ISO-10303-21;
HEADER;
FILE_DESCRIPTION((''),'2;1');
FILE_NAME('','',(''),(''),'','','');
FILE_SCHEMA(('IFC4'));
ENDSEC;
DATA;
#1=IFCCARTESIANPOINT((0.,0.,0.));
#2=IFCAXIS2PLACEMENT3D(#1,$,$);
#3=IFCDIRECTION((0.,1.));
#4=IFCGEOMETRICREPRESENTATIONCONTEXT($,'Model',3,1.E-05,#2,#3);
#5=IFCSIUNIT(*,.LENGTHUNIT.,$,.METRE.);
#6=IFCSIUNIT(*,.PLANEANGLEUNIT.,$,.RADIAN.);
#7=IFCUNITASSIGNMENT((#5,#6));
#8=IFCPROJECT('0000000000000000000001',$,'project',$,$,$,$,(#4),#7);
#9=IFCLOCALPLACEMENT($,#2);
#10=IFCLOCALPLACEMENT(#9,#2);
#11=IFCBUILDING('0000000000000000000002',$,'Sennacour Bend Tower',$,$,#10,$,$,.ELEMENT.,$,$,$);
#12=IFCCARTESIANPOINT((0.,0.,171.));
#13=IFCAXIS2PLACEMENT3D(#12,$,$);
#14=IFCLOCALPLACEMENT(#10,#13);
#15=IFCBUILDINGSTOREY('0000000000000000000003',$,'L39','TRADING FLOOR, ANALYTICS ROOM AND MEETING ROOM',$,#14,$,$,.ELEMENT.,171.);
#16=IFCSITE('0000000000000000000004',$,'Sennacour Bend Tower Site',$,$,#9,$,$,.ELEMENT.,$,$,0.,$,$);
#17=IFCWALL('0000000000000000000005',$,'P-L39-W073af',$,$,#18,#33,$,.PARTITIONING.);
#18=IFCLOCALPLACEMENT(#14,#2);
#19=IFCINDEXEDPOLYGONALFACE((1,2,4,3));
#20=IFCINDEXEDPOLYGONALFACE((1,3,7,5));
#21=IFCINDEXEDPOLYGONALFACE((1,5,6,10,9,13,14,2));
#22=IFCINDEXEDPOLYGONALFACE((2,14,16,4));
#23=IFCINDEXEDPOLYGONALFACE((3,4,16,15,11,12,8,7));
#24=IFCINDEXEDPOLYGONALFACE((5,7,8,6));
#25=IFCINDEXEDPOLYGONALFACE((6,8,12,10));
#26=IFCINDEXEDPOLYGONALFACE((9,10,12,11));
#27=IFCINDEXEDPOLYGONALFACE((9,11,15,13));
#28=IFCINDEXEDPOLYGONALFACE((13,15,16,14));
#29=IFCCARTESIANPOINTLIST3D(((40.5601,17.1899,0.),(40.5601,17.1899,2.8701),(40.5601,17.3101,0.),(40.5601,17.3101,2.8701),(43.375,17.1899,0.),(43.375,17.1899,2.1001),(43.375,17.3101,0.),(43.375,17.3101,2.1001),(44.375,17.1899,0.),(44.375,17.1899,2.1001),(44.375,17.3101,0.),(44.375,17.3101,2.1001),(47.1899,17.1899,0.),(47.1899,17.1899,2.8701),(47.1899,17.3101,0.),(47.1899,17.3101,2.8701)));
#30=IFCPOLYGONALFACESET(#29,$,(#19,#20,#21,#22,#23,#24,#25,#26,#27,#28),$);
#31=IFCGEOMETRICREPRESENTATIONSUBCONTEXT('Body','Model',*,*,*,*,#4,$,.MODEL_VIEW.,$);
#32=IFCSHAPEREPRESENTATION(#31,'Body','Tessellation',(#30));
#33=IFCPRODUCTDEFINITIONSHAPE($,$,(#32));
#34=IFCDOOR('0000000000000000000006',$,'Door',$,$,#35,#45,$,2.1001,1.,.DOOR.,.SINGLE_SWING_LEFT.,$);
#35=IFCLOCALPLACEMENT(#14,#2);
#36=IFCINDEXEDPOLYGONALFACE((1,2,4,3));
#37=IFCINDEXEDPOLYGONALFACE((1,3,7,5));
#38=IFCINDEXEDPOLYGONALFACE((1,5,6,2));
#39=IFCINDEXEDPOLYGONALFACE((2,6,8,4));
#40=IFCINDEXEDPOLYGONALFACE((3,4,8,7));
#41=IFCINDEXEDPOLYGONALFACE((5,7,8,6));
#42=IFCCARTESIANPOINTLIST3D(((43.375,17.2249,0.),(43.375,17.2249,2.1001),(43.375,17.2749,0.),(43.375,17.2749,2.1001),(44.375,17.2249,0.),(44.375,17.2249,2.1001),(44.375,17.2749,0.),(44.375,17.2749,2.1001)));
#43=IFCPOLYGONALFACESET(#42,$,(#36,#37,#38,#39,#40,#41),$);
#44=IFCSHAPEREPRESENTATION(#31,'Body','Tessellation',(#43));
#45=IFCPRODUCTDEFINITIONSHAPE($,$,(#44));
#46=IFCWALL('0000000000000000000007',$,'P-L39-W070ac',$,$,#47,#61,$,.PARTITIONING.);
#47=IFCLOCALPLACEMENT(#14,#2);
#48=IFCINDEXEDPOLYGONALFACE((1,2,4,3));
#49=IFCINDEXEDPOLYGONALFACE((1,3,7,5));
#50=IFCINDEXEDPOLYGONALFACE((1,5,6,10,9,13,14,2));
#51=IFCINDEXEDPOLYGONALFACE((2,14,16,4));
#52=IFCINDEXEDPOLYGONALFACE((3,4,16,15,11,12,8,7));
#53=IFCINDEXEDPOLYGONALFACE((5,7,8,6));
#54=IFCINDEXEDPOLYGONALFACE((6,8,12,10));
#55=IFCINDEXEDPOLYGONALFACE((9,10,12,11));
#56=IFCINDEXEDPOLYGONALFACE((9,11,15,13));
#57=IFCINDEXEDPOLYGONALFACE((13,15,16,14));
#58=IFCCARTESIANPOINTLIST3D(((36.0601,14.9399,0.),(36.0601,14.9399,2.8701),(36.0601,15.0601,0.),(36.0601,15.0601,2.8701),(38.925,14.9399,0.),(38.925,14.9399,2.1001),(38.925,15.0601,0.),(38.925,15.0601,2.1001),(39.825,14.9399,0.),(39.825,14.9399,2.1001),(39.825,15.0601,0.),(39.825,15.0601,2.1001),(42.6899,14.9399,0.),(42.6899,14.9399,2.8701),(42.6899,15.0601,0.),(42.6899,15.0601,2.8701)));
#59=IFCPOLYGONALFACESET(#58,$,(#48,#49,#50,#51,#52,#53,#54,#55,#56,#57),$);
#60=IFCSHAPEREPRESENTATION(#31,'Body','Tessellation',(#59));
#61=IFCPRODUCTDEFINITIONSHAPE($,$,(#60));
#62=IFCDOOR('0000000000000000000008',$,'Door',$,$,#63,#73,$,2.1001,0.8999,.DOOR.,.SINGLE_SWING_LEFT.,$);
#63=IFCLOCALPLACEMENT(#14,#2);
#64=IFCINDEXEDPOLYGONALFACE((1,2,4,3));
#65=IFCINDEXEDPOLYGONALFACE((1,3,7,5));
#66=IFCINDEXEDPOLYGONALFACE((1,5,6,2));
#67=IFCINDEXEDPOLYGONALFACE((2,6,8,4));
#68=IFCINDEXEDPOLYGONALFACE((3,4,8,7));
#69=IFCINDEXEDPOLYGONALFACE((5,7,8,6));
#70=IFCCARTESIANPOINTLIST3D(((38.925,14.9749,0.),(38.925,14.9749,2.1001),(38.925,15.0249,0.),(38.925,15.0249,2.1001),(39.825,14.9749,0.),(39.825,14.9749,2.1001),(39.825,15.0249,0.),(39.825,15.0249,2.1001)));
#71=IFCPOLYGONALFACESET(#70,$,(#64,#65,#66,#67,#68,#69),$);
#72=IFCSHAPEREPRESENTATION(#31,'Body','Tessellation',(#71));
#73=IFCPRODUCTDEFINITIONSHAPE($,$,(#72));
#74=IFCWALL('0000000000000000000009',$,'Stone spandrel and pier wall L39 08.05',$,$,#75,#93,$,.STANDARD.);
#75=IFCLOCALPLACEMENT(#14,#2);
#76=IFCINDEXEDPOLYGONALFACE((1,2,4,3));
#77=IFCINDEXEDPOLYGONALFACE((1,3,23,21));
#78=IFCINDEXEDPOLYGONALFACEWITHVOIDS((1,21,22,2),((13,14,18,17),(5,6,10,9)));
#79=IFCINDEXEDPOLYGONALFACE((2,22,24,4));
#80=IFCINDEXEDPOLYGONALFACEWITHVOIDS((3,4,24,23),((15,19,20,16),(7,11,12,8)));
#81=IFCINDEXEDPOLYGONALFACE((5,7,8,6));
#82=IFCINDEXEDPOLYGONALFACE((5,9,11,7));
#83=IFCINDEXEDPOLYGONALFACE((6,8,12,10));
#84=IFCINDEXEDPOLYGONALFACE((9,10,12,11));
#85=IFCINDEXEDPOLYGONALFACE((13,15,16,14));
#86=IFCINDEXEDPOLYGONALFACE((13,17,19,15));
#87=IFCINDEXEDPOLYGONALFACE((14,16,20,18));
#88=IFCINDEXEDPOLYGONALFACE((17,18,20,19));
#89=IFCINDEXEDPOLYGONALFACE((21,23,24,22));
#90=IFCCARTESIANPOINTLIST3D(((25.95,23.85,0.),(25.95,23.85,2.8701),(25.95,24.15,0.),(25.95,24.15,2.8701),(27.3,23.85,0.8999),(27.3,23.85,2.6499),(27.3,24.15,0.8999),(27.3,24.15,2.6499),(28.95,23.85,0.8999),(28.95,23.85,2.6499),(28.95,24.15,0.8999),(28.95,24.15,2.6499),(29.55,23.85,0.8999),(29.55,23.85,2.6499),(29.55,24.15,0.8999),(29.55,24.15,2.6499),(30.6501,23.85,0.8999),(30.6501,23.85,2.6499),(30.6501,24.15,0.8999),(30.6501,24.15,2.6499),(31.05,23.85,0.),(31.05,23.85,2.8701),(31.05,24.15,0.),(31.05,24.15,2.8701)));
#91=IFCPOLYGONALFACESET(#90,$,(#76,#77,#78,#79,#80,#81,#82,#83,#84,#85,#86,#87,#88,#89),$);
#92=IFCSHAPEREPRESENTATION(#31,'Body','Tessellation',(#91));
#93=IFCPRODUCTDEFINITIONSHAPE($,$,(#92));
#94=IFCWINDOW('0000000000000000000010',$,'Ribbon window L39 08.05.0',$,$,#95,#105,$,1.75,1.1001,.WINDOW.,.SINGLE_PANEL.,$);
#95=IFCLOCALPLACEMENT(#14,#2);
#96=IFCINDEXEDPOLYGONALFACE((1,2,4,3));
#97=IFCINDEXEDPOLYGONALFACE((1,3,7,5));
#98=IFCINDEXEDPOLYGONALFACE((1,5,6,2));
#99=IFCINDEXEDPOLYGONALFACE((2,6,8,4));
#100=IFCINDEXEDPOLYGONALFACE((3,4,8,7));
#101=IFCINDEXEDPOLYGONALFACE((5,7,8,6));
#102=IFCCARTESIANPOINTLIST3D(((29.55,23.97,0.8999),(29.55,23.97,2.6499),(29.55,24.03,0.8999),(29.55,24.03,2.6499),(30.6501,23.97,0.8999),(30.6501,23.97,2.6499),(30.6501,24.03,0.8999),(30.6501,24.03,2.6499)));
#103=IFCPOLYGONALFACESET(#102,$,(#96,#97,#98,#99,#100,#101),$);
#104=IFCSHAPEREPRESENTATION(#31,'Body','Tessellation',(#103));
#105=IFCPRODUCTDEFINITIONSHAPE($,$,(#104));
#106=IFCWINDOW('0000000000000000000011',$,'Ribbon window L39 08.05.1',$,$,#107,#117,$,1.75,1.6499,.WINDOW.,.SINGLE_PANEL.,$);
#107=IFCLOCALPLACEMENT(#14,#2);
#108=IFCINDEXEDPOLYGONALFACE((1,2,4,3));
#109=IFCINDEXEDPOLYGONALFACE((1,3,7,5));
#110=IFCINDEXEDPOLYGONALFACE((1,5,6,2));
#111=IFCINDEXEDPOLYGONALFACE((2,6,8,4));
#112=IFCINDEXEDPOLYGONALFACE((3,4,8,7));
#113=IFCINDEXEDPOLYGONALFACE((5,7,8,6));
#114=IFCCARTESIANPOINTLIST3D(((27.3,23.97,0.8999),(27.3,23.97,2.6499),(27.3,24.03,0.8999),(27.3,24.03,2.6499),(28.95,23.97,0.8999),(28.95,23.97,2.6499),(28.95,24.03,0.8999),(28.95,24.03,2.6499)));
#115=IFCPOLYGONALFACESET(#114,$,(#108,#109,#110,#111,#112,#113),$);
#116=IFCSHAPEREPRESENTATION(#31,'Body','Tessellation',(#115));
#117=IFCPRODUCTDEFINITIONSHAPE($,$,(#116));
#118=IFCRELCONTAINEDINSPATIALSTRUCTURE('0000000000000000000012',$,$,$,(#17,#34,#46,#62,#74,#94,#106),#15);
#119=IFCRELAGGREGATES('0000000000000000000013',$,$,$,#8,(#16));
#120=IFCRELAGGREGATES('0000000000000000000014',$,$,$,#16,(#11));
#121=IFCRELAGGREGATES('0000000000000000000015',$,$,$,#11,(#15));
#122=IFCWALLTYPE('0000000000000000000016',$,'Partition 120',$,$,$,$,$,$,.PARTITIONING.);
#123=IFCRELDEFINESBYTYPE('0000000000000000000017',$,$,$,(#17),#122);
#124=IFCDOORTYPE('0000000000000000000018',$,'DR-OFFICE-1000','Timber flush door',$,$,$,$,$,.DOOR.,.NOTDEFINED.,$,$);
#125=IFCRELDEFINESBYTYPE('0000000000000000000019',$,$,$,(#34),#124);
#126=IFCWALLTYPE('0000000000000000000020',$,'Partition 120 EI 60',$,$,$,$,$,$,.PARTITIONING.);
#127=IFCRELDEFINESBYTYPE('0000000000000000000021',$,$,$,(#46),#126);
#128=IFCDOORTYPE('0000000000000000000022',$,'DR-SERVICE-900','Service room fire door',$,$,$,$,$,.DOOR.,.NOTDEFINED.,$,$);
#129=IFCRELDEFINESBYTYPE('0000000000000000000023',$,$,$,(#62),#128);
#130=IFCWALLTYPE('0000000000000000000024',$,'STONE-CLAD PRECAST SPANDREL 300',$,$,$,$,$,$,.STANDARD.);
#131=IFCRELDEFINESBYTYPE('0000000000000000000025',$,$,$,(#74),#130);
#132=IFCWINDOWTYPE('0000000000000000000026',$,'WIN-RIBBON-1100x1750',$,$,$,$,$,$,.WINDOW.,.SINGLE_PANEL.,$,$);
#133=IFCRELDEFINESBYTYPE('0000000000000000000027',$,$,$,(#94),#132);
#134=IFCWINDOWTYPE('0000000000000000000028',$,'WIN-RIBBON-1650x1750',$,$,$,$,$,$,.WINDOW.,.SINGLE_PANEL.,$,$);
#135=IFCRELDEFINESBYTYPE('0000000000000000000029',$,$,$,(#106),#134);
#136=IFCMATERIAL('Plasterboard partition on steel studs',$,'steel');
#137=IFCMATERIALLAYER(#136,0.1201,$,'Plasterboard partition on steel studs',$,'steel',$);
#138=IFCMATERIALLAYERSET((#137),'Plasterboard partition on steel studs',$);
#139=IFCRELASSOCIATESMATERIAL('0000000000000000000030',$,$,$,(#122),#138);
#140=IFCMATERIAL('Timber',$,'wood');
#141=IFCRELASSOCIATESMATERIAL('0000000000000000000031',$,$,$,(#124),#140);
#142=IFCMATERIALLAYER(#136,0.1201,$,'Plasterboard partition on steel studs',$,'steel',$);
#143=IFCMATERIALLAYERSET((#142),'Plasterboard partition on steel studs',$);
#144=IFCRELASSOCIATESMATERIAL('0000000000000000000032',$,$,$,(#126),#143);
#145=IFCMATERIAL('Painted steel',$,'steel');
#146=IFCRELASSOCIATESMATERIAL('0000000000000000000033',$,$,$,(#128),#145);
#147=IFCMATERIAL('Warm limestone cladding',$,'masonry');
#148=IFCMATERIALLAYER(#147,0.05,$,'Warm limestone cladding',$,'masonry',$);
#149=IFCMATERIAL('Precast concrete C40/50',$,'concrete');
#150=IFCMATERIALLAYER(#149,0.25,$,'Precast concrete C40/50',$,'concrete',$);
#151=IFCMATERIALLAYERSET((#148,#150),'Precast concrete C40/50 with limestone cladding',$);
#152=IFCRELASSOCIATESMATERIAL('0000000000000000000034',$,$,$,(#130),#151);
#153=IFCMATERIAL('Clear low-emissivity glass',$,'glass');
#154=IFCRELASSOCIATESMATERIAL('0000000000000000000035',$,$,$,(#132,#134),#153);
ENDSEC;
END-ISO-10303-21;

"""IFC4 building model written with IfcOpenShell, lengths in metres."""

from ifc_helpers import new_model, si_unit, direction, frame, frame_2d, origin, place, context, subcontext, project, spatial, rectangle, extrude, material, layer, layer_set, type_object, element, fill, save


model = new_model("IFC4")

# Units and contexts
model_context = context("Model", 3, precision=1e-05, world=origin(), true_north=direction((0.0, 1.0)))
body_context = subcontext(model_context, "Body", "Model", "MODEL_VIEW")
ifc_project = project(units=[si_unit("LENGTHUNIT", "METRE"), si_unit("PLANEANGLEUNIT", "RADIAN")], contexts=[model_context])

# Site, building, storey
site_placement = place(None, origin())
site = spatial("IfcSite", under=ifc_project, at=site_placement, Name="Sennacour Bend Tower Site", CompositionType="ELEMENT", RefElevation=0.0)
building_placement = place(site_placement, origin())
building = spatial("IfcBuilding", under=site, at=building_placement, Name="Sennacour Bend Tower", CompositionType="ELEMENT")
storey_placement = place(building_placement, frame((0.0, 0.0, 171.0)))
storey = spatial("IfcBuildingStorey", under=building, at=storey_placement, Name="L39", Description="TRADING FLOOR, ANALYTICS ROOM AND MEETING ROOM", CompositionType="ELEMENT", Elevation=171.0)

# Shared definitions
ifc_material_1 = material(Name="Plasterboard partition on steel studs", Category="steel")
ifc_layer_1 = layer(ifc_material_1, 0.1201, Name="Plasterboard partition on steel studs", Category="steel")
ifc_layer_set_1 = layer_set([ifc_layer_1], Name="Plasterboard partition on steel studs")
wall_type_1 = type_object("IfcWallType", Name="Partition 120", PredefinedType="PARTITIONING", material=ifc_layer_set_1)

# Walls, openings, doors
ifc_material_2 = material(Name="Timber", Category="wood")
door_type_1 = type_object("IfcDoorType", Name="DR-OFFICE-1000", Description="Timber flush door", OperationType="NOTDEFINED", PredefinedType="DOOR", material=ifc_material_2)
wall_1_placement = place(storey_placement, frame((40.5601, 17.25, 0.0), z_axis=(0.0, 0.0, 1.0), x_axis=(1.0, 0.0, 0.0)))
wall_1 = element("IfcWall", 1, at=wall_1_placement, inside=storey, type_object=wall_type_1, Name="P-L39-W073af", PredefinedType="PARTITIONING", context=body_context, shape_type="SweptSolid", body=[
    extrude(rectangle(XDim=6.6299, YDim=0.1201, at=frame_2d((3.3149, 0.0))), origin(), (0.0, 0.0, 1.0), 2.8701),
])
opening_1_placement = place(wall_1_placement, frame((2.8149, 0.0, 0.0)))
opening_1 = element("IfcOpeningElement", 2, at=opening_1_placement, cuts=wall_1, PredefinedType="OPENING", context=body_context, shape_type="SweptSolid", body=[
    extrude(rectangle(XDim=1.0, YDim=2.1001, at=frame_2d((0.5, 1.05))), frame((0.0, 0.0701, 0.0), z_axis=(0.0, -1.0, 0.0), x_axis=(1.0, 0.0, 0.0)), (0.0, 0.0, 1.0), 0.1401),
])
door_1_placement = place(opening_1_placement, origin())
door_1 = element("IfcDoor", 3, at=door_1_placement, inside=storey, type_object=door_type_1, Name="Door", OperationType="SINGLE_SWING_LEFT", OverallHeight=2.1001, OverallWidth=1.0, PredefinedType="DOOR", context=body_context, shape_type="SweptSolid", body=[
    extrude(rectangle(XDim=1.0, YDim=2.1001, at=frame_2d((0.5, 1.05))), frame((0.0, 0.0249, 0.0), z_axis=(0.0, -1.0, 0.0), x_axis=(1.0, 0.0, 0.0)), (0.0, 0.0, 1.0), 0.05),
])
fill(opening_1, door_1)
ifc_layer_2 = layer(ifc_material_1, 0.1201, Name="Plasterboard partition on steel studs", Category="steel")
ifc_layer_set_2 = layer_set([ifc_layer_2], Name="Plasterboard partition on steel studs")
wall_type_2 = type_object("IfcWallType", Name="Partition 120 EI 60", PredefinedType="PARTITIONING", material=ifc_layer_set_2)
wall_2_placement = place(storey_placement, frame((36.0601, 15.0, 0.0), z_axis=(0.0, 0.0, 1.0), x_axis=(1.0, 0.0, 0.0)))
wall_2 = element("IfcWall", 4, at=wall_2_placement, inside=storey, type_object=wall_type_2, Name="P-L39-W070ac", PredefinedType="PARTITIONING", context=body_context, shape_type="SweptSolid", body=[
    extrude(rectangle(XDim=6.6299, YDim=0.1201, at=frame_2d((3.3149, 0.0))), origin(), (0.0, 0.0, 1.0), 2.8701),
])
opening_2_placement = place(wall_2_placement, frame((2.865, 0.0, 0.0)))
opening_2 = element("IfcOpeningElement", 5, at=opening_2_placement, cuts=wall_2, PredefinedType="OPENING", context=body_context, shape_type="SweptSolid", body=[
    extrude(rectangle(XDim=0.8999, YDim=2.1001, at=frame_2d((0.45, 1.05))), frame((0.0, 0.0701, 0.0), z_axis=(0.0, -1.0, 0.0), x_axis=(1.0, 0.0, 0.0)), (0.0, 0.0, 1.0), 0.1401),
])
ifc_material_3 = material(Name="Painted steel", Category="steel")
door_type_2 = type_object("IfcDoorType", Name="DR-SERVICE-900", Description="Service room fire door", OperationType="NOTDEFINED", PredefinedType="DOOR", material=ifc_material_3)
door_2_placement = place(opening_2_placement, origin())
door_2 = element("IfcDoor", 6, at=door_2_placement, inside=storey, type_object=door_type_2, Name="Door", OperationType="SINGLE_SWING_LEFT", OverallHeight=2.1001, OverallWidth=0.8999, PredefinedType="DOOR", context=body_context, shape_type="SweptSolid", body=[
    extrude(rectangle(XDim=0.8999, YDim=2.1001, at=frame_2d((0.45, 1.05))), frame((0.0, 0.0249, 0.0), z_axis=(0.0, -1.0, 0.0), x_axis=(1.0, 0.0, 0.0)), (0.0, 0.0, 1.0), 0.05),
])
fill(opening_2, door_2)

# Wall, openings, windows
ifc_material_4 = material(Name="Warm limestone cladding", Category="masonry")
ifc_layer_3 = layer(ifc_material_4, 0.05, Name="Warm limestone cladding", Category="masonry")
ifc_material_5 = material(Name="Precast concrete C40/50", Category="concrete")
ifc_layer_4 = layer(ifc_material_5, 0.25, Name="Precast concrete C40/50", Category="concrete")
ifc_layer_set_3 = layer_set([ifc_layer_3, ifc_layer_4], Name="Precast concrete C40/50 with limestone cladding")
wall_type_3 = type_object("IfcWallType", Name="STONE-CLAD PRECAST SPANDREL 300", PredefinedType="STANDARD", material=ifc_layer_set_3)
wall_3_placement = place(storey_placement, frame((31.05, 24.0, 0.0), z_axis=(0.0, 0.0, 1.0), x_axis=(-1.0, 0.0, 0.0)))
wall_3 = element("IfcWall", 7, at=wall_3_placement, inside=storey, type_object=wall_type_3, Name="Stone spandrel and pier wall L39 08.05", PredefinedType="STANDARD", context=body_context, shape_type="SweptSolid", body=[
    extrude(rectangle(XDim=5.1001, YDim=0.3, at=frame_2d((2.55, 0.0))), origin(), (0.0, 0.0, 1.0), 2.8701),
])
opening_3_placement = place(wall_3_placement, frame((0.3999, 0.0, 0.8999)))
opening_3 = element("IfcOpeningElement", 8, at=opening_3_placement, cuts=wall_3, PredefinedType="OPENING", context=body_context, shape_type="SweptSolid", body=[
    extrude(rectangle(XDim=1.1001, YDim=1.75, at=frame_2d((0.55, 0.875))), frame((0.0, 0.1602, 0.0), z_axis=(0.0, -1.0, 0.0), x_axis=(1.0, 0.0, 0.0)), (0.0, 0.0, 1.0), 0.3201),
])
opening_4_placement = place(wall_3_placement, frame((2.1001, 0.0, 0.8999)))
opening_4 = element("IfcOpeningElement", 9, at=opening_4_placement, cuts=wall_3, PredefinedType="OPENING", context=body_context, shape_type="SweptSolid", body=[
    extrude(rectangle(XDim=1.6499, YDim=1.75, at=frame_2d((0.825, 0.875))), frame((0.0, 0.1602, 0.0), z_axis=(0.0, -1.0, 0.0), x_axis=(1.0, 0.0, 0.0)), (0.0, 0.0, 1.0), 0.3201),
])
ifc_material_6 = material(Name="Clear low-emissivity glass", Category="glass")
window_type_1 = type_object("IfcWindowType", Name="WIN-RIBBON-1100x1750", PartitioningType="SINGLE_PANEL", PredefinedType="WINDOW", material=ifc_material_6)
window_1_placement = place(opening_3_placement, origin())
window_1 = element("IfcWindow", 10, at=window_1_placement, inside=storey, type_object=window_type_1, Name="Ribbon window L39 08.05.0", OverallHeight=1.75, OverallWidth=1.1001, PartitioningType="SINGLE_PANEL", PredefinedType="WINDOW", context=body_context, shape_type="SweptSolid", body=[
    extrude(rectangle(XDim=1.1001, YDim=1.75, at=frame_2d((0.55, 0.875))), frame((0.0, 0.03, 0.0), z_axis=(0.0, -1.0, 0.0), x_axis=(1.0, 0.0, 0.0)), (0.0, 0.0, 1.0), 0.0601),
])
fill(opening_3, window_1)
window_type_2 = type_object("IfcWindowType", Name="WIN-RIBBON-1650x1750", PartitioningType="SINGLE_PANEL", PredefinedType="WINDOW", material=ifc_material_6)
window_2_placement = place(opening_4_placement, origin())
window_2 = element("IfcWindow", 11, at=window_2_placement, inside=storey, type_object=window_type_2, Name="Ribbon window L39 08.05.1", OverallHeight=1.75, OverallWidth=1.6499, PartitioningType="SINGLE_PANEL", PredefinedType="WINDOW", context=body_context, shape_type="SweptSolid", body=[
    extrude(rectangle(XDim=1.6499, YDim=1.75, at=frame_2d((0.825, 0.875))), frame((0.0, 0.03, 0.0), z_axis=(0.0, -1.0, 0.0), x_axis=(1.0, 0.0, 0.0)), (0.0, 0.0, 1.0), 0.0601),
])
fill(opening_4, window_2)

save(model, "model.ifc")
